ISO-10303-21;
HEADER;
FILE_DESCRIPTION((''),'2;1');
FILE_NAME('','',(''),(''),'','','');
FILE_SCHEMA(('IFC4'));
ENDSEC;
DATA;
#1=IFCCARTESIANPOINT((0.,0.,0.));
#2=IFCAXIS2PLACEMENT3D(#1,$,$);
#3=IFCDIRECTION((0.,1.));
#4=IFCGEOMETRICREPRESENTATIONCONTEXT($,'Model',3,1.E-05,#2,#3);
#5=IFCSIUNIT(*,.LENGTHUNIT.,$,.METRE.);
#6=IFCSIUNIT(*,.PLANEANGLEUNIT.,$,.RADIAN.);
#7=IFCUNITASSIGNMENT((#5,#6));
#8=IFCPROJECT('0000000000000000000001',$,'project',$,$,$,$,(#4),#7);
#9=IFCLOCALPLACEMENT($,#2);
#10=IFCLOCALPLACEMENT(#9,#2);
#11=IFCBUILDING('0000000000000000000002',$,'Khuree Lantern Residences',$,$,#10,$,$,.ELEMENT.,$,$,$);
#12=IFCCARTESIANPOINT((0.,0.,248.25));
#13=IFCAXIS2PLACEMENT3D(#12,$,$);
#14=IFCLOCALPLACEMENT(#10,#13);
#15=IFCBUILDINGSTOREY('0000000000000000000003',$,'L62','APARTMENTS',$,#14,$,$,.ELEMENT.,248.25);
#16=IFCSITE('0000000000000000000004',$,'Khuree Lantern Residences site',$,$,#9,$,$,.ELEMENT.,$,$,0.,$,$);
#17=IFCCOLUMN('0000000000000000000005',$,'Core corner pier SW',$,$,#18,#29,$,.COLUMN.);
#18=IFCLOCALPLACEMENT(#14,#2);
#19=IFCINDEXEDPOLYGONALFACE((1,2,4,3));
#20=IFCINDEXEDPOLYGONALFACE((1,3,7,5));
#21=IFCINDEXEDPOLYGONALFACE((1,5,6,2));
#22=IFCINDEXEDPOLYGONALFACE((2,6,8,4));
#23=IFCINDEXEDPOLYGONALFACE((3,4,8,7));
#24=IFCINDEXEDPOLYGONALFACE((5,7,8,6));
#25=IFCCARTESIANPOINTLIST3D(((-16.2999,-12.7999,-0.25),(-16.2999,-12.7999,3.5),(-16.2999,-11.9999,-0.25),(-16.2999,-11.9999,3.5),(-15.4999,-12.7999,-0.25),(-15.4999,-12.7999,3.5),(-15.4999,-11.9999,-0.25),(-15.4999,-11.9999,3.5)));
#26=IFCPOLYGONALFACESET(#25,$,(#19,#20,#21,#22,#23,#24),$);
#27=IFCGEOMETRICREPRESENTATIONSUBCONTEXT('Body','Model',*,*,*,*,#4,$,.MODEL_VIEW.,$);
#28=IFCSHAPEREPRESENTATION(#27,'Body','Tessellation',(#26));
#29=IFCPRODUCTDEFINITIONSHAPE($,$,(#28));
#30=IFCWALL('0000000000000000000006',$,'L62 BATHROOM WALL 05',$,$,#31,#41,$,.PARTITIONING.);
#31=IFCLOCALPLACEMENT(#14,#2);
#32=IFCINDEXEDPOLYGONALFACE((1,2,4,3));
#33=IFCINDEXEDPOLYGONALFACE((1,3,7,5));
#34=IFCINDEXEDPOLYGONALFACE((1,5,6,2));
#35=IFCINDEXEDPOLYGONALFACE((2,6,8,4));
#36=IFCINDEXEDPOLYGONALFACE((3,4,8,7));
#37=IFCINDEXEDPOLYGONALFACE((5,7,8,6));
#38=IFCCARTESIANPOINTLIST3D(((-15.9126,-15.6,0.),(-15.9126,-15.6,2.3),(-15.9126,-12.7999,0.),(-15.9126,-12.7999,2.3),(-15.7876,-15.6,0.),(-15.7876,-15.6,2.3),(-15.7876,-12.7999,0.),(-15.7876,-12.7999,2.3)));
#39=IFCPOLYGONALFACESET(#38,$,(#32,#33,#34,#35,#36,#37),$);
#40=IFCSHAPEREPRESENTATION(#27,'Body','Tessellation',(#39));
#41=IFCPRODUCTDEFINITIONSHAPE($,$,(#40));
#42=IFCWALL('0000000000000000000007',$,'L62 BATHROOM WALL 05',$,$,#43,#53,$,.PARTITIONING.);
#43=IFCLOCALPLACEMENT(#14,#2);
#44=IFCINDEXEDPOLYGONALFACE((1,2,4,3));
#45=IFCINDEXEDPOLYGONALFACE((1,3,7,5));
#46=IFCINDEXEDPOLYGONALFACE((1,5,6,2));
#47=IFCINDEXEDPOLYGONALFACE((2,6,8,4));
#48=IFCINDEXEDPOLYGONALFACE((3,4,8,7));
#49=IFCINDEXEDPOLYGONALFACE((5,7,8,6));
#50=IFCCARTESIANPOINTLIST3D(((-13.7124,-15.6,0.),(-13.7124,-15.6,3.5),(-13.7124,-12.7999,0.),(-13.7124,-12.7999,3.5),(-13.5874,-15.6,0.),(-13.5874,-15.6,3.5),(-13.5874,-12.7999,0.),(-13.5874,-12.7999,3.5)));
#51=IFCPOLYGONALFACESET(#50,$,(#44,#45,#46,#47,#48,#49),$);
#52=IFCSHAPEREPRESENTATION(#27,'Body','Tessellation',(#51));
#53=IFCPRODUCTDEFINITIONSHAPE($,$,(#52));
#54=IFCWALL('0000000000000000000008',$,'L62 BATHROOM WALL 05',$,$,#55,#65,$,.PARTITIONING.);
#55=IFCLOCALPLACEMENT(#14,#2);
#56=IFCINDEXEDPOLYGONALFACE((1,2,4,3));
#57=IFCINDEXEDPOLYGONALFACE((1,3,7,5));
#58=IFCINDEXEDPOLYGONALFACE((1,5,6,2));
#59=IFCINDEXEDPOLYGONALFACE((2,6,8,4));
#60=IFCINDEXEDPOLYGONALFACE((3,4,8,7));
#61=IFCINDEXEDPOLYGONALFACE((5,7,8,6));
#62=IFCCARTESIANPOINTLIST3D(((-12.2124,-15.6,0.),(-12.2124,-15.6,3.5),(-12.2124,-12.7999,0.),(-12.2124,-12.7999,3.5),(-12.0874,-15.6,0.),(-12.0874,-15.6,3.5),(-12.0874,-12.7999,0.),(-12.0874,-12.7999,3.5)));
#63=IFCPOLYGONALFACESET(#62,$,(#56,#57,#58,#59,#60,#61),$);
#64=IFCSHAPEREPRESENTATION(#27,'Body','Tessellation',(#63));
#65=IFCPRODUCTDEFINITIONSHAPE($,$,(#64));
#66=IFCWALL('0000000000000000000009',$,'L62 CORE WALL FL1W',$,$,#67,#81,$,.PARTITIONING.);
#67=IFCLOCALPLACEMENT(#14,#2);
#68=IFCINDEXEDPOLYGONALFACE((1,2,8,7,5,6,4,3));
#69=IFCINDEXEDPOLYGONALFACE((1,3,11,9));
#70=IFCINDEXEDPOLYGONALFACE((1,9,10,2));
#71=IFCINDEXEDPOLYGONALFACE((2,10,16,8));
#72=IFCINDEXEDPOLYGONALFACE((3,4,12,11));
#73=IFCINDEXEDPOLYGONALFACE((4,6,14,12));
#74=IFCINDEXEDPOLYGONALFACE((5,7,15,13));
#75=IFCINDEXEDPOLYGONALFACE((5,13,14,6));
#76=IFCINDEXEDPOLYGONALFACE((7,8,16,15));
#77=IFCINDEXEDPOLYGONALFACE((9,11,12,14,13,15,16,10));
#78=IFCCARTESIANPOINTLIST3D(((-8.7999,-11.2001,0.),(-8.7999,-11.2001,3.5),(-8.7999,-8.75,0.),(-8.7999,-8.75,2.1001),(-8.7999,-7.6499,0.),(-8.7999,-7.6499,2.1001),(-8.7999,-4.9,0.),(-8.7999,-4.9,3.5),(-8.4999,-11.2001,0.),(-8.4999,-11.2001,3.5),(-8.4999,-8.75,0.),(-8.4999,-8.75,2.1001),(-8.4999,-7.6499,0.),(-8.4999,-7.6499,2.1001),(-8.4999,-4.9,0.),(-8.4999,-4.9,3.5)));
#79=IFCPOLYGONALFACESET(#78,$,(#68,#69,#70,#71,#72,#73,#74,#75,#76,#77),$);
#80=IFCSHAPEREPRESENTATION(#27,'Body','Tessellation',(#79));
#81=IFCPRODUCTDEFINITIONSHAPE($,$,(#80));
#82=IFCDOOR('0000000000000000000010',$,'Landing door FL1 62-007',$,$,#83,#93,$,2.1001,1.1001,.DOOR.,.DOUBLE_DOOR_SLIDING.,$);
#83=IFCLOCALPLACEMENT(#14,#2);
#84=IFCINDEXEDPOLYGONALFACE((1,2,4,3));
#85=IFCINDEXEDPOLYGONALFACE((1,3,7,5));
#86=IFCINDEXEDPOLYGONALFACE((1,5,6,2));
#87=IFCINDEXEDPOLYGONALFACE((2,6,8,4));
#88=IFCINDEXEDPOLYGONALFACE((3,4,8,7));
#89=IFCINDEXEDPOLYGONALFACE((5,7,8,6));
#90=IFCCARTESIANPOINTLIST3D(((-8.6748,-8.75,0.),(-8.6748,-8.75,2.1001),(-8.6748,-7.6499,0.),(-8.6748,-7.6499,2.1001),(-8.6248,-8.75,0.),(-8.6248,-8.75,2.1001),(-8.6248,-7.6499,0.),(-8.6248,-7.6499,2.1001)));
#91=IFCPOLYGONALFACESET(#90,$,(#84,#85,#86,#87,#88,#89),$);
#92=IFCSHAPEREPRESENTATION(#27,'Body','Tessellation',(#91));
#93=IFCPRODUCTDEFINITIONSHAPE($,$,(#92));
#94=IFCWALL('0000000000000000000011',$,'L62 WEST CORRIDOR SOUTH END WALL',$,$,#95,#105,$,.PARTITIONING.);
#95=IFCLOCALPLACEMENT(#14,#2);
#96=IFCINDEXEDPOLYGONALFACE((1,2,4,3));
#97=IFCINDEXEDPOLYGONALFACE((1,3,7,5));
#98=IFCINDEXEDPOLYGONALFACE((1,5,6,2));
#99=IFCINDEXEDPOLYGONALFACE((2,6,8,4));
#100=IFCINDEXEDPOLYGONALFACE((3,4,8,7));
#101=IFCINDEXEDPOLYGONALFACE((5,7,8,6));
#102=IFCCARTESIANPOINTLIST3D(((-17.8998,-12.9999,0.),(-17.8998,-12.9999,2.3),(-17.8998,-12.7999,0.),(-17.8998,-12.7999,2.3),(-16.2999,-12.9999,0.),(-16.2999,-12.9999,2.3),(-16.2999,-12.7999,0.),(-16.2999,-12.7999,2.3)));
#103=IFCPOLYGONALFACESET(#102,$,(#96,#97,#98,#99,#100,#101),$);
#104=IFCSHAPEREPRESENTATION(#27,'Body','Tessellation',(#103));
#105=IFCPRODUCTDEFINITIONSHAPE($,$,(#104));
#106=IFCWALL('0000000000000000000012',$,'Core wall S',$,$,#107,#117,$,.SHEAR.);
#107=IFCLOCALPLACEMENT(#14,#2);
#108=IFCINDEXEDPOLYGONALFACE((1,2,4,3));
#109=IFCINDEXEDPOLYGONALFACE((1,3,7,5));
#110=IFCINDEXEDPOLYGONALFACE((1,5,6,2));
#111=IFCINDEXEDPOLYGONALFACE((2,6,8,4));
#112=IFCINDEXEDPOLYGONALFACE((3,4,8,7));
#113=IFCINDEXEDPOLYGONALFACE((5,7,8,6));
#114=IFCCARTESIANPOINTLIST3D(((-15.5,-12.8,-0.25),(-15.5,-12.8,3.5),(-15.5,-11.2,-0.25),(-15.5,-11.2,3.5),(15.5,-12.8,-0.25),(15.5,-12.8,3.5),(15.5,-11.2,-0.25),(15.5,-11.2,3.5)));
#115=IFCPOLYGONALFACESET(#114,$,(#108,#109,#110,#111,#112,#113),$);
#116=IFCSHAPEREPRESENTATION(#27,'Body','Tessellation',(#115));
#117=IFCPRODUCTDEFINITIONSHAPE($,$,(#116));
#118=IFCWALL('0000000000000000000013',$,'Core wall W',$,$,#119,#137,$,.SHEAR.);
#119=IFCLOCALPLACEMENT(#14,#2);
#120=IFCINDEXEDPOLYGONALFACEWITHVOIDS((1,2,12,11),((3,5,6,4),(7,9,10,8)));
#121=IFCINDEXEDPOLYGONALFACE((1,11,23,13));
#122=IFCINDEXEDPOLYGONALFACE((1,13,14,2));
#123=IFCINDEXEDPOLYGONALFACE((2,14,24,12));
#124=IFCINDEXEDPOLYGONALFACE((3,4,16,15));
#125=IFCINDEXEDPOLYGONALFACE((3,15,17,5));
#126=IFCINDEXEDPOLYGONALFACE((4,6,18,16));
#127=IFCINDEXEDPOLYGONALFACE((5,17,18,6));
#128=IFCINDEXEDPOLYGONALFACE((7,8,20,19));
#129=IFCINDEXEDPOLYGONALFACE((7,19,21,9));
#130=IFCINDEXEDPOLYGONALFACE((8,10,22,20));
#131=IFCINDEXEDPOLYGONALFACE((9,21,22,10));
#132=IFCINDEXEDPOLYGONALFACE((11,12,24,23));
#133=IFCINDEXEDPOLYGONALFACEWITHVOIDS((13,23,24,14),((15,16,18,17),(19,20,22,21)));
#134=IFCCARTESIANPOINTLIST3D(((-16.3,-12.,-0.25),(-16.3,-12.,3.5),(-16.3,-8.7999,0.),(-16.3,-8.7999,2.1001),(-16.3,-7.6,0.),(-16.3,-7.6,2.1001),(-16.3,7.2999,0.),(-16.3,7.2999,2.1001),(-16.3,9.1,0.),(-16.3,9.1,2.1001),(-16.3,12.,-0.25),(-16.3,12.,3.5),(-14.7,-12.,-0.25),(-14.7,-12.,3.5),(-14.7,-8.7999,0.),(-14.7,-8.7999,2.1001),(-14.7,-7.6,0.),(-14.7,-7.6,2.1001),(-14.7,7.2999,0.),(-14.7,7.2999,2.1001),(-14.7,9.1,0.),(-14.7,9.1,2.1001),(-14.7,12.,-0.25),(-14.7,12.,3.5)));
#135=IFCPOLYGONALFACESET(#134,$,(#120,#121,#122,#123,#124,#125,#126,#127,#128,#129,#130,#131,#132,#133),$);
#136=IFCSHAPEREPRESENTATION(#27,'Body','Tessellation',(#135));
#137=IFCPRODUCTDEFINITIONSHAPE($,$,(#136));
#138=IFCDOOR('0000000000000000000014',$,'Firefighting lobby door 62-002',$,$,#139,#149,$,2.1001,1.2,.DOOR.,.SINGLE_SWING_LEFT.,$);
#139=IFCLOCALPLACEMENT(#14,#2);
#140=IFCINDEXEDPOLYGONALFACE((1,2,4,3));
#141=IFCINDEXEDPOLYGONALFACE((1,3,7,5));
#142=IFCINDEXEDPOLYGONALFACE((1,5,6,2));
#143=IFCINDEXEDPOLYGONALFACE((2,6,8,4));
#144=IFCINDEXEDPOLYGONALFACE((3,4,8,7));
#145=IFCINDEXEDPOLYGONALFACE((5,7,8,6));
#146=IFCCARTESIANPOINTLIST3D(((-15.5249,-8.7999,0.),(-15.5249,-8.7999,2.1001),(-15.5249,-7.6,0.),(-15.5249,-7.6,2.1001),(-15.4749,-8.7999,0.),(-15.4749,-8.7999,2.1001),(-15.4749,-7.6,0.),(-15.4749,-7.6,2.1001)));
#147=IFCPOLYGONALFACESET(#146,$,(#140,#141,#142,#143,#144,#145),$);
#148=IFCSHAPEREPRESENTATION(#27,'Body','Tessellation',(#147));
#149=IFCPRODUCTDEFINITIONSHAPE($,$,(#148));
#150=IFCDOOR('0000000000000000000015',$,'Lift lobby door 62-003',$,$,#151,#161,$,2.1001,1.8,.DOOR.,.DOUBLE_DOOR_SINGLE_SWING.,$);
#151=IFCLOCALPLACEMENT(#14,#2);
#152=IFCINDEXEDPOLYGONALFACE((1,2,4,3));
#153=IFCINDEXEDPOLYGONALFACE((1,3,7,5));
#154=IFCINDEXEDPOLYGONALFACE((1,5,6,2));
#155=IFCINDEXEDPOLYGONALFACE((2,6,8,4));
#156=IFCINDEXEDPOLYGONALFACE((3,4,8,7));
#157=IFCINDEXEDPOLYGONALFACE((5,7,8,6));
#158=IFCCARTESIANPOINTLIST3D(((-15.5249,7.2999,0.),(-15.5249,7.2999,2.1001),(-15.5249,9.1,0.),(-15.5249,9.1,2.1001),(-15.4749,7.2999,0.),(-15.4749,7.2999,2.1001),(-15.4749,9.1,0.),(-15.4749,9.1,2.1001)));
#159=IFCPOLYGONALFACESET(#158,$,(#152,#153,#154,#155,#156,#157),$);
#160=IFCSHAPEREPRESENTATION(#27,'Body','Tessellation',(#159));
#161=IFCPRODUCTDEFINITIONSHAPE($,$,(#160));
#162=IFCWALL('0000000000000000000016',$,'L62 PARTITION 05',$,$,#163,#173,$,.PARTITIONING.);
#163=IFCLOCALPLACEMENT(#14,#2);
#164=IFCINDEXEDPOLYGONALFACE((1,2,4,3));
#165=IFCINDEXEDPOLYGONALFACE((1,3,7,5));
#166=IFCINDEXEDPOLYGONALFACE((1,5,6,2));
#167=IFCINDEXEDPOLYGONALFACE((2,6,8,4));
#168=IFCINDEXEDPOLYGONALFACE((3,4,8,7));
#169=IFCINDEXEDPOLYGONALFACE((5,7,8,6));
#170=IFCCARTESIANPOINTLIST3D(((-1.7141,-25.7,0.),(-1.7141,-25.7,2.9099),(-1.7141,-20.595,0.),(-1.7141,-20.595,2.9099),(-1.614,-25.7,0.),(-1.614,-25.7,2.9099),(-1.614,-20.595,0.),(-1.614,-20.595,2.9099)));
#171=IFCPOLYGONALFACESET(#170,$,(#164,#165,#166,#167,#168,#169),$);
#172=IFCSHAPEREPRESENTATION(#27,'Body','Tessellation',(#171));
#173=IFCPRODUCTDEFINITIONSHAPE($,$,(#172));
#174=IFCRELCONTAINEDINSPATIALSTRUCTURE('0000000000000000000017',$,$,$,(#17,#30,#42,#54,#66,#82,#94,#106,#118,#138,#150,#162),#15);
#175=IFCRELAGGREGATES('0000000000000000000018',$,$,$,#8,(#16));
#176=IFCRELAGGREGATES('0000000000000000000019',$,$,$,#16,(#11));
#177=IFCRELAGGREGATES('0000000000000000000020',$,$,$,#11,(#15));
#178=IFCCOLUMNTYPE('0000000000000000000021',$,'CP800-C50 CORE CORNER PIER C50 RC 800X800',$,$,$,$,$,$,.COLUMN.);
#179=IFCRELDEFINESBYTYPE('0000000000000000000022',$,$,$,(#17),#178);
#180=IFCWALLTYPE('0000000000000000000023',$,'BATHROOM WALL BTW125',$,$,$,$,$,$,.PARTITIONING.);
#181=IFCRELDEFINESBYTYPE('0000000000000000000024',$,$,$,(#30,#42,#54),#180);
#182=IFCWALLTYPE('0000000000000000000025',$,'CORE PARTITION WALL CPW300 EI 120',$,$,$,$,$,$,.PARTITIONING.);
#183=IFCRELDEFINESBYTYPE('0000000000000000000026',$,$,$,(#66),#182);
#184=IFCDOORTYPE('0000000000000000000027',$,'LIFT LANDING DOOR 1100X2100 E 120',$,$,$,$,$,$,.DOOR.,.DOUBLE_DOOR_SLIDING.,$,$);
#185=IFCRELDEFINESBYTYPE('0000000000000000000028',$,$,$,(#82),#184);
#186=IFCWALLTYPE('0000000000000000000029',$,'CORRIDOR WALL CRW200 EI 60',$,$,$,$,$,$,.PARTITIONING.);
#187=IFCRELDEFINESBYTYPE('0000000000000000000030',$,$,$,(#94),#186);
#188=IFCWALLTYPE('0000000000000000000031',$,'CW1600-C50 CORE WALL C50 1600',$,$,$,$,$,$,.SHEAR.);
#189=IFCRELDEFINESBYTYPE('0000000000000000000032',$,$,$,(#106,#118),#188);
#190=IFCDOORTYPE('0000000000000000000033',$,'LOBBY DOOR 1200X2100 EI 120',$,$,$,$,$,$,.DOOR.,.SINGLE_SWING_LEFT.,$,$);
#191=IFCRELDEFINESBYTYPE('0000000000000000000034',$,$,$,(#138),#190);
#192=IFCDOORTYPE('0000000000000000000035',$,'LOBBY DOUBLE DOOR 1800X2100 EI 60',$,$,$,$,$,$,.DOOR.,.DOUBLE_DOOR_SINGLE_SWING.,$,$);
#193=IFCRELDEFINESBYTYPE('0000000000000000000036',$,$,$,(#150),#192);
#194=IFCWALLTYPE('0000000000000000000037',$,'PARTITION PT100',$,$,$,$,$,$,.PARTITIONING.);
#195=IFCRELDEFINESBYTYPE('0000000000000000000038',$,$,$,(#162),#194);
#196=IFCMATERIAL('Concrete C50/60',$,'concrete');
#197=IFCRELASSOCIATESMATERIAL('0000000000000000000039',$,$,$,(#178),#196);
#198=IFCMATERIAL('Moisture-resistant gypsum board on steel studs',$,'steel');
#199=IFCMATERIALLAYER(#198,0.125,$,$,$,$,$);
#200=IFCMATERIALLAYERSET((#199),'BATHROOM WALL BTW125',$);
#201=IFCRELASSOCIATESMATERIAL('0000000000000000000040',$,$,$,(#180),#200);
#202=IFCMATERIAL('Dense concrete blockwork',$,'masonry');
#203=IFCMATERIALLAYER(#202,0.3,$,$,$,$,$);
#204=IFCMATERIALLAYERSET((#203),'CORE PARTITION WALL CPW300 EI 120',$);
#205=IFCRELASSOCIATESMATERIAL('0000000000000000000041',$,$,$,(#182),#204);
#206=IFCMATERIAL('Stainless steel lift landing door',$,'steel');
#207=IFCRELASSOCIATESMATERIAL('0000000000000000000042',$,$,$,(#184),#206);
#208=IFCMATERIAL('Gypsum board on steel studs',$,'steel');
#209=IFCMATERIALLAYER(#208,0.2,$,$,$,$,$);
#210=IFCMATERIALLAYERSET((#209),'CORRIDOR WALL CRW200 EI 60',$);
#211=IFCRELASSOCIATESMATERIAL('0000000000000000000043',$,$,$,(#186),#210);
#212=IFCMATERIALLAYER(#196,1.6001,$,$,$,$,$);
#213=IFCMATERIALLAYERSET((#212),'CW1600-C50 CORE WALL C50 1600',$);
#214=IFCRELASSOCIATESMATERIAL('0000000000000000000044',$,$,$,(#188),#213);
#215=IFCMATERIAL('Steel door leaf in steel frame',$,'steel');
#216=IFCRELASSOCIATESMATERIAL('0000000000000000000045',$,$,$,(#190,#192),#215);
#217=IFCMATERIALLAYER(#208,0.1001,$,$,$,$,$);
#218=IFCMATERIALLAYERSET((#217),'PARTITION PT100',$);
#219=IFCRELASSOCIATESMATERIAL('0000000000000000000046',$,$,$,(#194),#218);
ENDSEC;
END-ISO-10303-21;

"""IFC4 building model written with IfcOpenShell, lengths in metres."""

from ifc_helpers import new_model, si_unit, direction, frame, frame_2d, origin, origin_2d, place, context, subcontext, project, spatial, rectangle, extrude, material, layer, layer_set, material_profile, profile_set, type_object, element, fill, save


model = new_model("IFC4")

# Units and contexts
model_context = context("Model", 3, precision=1e-05, world=origin(), true_north=direction((0.0, 1.0)))
body_context = subcontext(model_context, "Body", "Model", "MODEL_VIEW")
ifc_project = project(units=[si_unit("LENGTHUNIT", "METRE"), si_unit("PLANEANGLEUNIT", "RADIAN")], contexts=[model_context])

# Site, building, storey
site_placement = place(None, origin())
site = spatial("IfcSite", under=ifc_project, at=site_placement, Name="Khuree Lantern Residences site", CompositionType="ELEMENT", RefElevation=0.0)
building_placement = place(site_placement, origin())
building = spatial("IfcBuilding", under=site, at=building_placement, Name="Khuree Lantern Residences", CompositionType="ELEMENT")
storey_placement = place(building_placement, frame((0.0, 0.0, 248.25)))
storey = spatial("IfcBuildingStorey", under=building, at=storey_placement, Name="L62", Description="APARTMENTS", CompositionType="ELEMENT", Elevation=248.25)

# Column
ifc_material_1 = material(Name="Concrete C50/60", Category="concrete")
ifc_material_profile = material_profile(ifc_material_1, rectangle(XDim=0.8, YDim=0.8, at=origin_2d()), Name="RC 800X800")
ifc_profile_set = profile_set([ifc_material_profile], Name="Concrete C50/60")
column_type = type_object("IfcColumnType", Name="CP800-C50 CORE CORNER PIER C50 RC 800X800", PredefinedType="COLUMN", material=ifc_profile_set)
column_placement = place(storey_placement, frame((-15.8999, -12.3999, -0.25), z_axis=(0.0, 0.0, 1.0), x_axis=(1.0, 0.0, 0.0)))
element("IfcColumn", 1, at=column_placement, inside=storey, type_object=column_type, Name="Core corner pier SW", PredefinedType="COLUMN", context=body_context, shape_type="SweptSolid", body=[
    extrude(rectangle(XDim=0.8, YDim=0.8, at=origin_2d()), origin(), (0.0, 0.0, 1.0), 3.75),
])

# Walls
ifc_material_2 = material(Name="Moisture-resistant gypsum board on steel studs", Category="steel")
ifc_layer_1 = layer(ifc_material_2, 0.125)
ifc_layer_set_1 = layer_set([ifc_layer_1], Name="BATHROOM WALL BTW125")
wall_type_1 = type_object("IfcWallType", Name="BATHROOM WALL BTW125", PredefinedType="PARTITIONING", material=ifc_layer_set_1)
wall_1_placement = place(storey_placement, frame((-15.8501, -12.8, 0.0), z_axis=(0.0, 0.0, 1.0), x_axis=(0.0, -1.0, 0.0)))
element("IfcWall", 2, at=wall_1_placement, inside=storey, type_object=wall_type_1, Name="L62 BATHROOM WALL 05", PredefinedType="PARTITIONING", context=body_context, shape_type="SweptSolid", body=[
    extrude(rectangle(XDim=2.8, YDim=0.125, at=frame_2d((1.3999, 0.0))), origin(), (0.0, 0.0, 1.0), 2.3),
])
for number, where, z_axis, x_axis, name in (
    (3, (-13.6499, -12.8, 0.0), (0.0, 0.0, 1.0), (0.0, -1.0, 0.0), "L62 BATHROOM WALL 05"),
    (4, (-12.1499, -12.8, 0.0), (0.0, 0.0, 1.0), (0.0, -1.0, 0.0), "L62 BATHROOM WALL 05"),
):
    element("IfcWall", number, at=place(storey_placement, frame(where, z_axis=z_axis, x_axis=x_axis)), inside=storey, type_object=wall_type_1, Name=name, PredefinedType="PARTITIONING", context=body_context, shape_type="SweptSolid", body=[
        extrude(rectangle(XDim=2.8, YDim=0.125, at=frame_2d((1.3999, 0.0))), origin(), (0.0, 0.0, 1.0), 3.5),
    ])

# Wall, opening, door
ifc_material_3 = material(Name="Dense concrete blockwork", Category="masonry")
ifc_layer_2 = layer(ifc_material_3, 0.3)
ifc_layer_set_2 = layer_set([ifc_layer_2], Name="CORE PARTITION WALL CPW300 EI 120")
wall_type_2 = type_object("IfcWallType", Name="CORE PARTITION WALL CPW300 EI 120", PredefinedType="PARTITIONING", material=ifc_layer_set_2)
wall_2_placement = place(storey_placement, frame((-8.6499, -11.2, 0.0), z_axis=(0.0, 0.0, 1.0), x_axis=(0.0, 1.0, 0.0)))
wall_2 = element("IfcWall", 5, at=wall_2_placement, inside=storey, type_object=wall_type_2, Name="L62 CORE WALL FL1W", PredefinedType="PARTITIONING", context=body_context, shape_type="SweptSolid", body=[
    extrude(rectangle(XDim=6.3, YDim=0.3, at=frame_2d((3.1499, 0.0))), origin(), (0.0, 0.0, 1.0), 3.5),
])
opening_1_placement = place(wall_2_placement, frame((2.45, 0.0, 0.0)))
opening_1 = element("IfcOpeningElement", 6, at=opening_1_placement, cuts=wall_2, PredefinedType="OPENING", context=body_context, shape_type="SweptSolid", body=[
    extrude(rectangle(XDim=1.1001, YDim=2.1001, at=frame_2d((0.55, 1.05))), frame((0.0, 0.1602, 0.0), z_axis=(0.0, -1.0, 0.0), x_axis=(1.0, 0.0, 0.0)), (0.0, 0.0, 1.0), 0.3201),
])
ifc_material_4 = material(Name="Stainless steel lift landing door", Category="steel")
door_type_1 = type_object("IfcDoorType", Name="LIFT LANDING DOOR 1100X2100 E 120", OperationType="DOUBLE_DOOR_SLIDING", PredefinedType="DOOR", material=ifc_material_4)
door_1_placement = place(opening_1_placement, origin())
door_1 = element("IfcDoor", 7, at=door_1_placement, inside=storey, type_object=door_type_1, Name="Landing door FL1 62-007", OperationType="DOUBLE_DOOR_SLIDING", OverallHeight=2.1001, OverallWidth=1.1001, PredefinedType="DOOR", context=body_context, shape_type="SweptSolid", body=[
    extrude(rectangle(XDim=1.1001, YDim=2.1001, at=frame_2d((0.55, 1.05))), frame((0.0, 0.0249, 0.0), z_axis=(0.0, -1.0, 0.0), x_axis=(1.0, 0.0, 0.0)), (0.0, 0.0, 1.0), 0.05),
])
fill(opening_1, door_1)

# Walls
ifc_material_5 = material(Name="Gypsum board on steel studs", Category="steel")
ifc_layer_3 = layer(ifc_material_5, 0.2)
ifc_layer_set_3 = layer_set([ifc_layer_3], Name="CORRIDOR WALL CRW200 EI 60")
wall_type_3 = type_object("IfcWallType", Name="CORRIDOR WALL CRW200 EI 60", PredefinedType="PARTITIONING", material=ifc_layer_set_3)
wall_3_placement = place(storey_placement, frame((-16.3, -12.8999, 0.0), z_axis=(0.0, 0.0, 1.0), x_axis=(-1.0, 0.0, 0.0)))
element("IfcWall", 8, at=wall_3_placement, inside=storey, type_object=wall_type_3, Name="L62 WEST CORRIDOR SOUTH END WALL", PredefinedType="PARTITIONING", context=body_context, shape_type="SweptSolid", body=[
    extrude(rectangle(XDim=1.5999, YDim=0.2, at=frame_2d((0.7998, 0.0))), origin(), (0.0, 0.0, 1.0), 2.3),
])
ifc_layer_4 = layer(ifc_material_1, 1.6001)
ifc_layer_set_4 = layer_set([ifc_layer_4], Name="CW1600-C50 CORE WALL C50 1600")
wall_type_4 = type_object("IfcWallType", Name="CW1600-C50 CORE WALL C50 1600", PredefinedType="SHEAR", material=ifc_layer_set_4)
wall_4_placement = place(storey_placement, frame((-15.5, -12.0, -0.25), z_axis=(0.0, 0.0, 1.0), x_axis=(1.0, 0.0, 0.0)))
element("IfcWall", 9, at=wall_4_placement, inside=storey, type_object=wall_type_4, Name="Core wall S", PredefinedType="SHEAR", context=body_context, shape_type="SweptSolid", body=[
    extrude(rectangle(XDim=31.0, YDim=1.6001, at=frame_2d((15.5, 0.0))), origin(), (0.0, 0.0, 1.0), 3.75),
])

# Wall, openings, doors
wall_5_placement = place(storey_placement, frame((-15.5, -12.0, -0.25), z_axis=(0.0, 0.0, 1.0), x_axis=(0.0, 1.0, 0.0)))
wall_5 = element("IfcWall", 10, at=wall_5_placement, inside=storey, type_object=wall_type_4, Name="Core wall W", PredefinedType="SHEAR", context=body_context, shape_type="SweptSolid", body=[
    extrude(rectangle(XDim=24.0, YDim=1.6001, at=frame_2d((12.0, 0.0))), origin(), (0.0, 0.0, 1.0), 3.75),
])
opening_2_placement = place(wall_5_placement, frame((3.2, 0.0, 0.25)))
opening_2 = element("IfcOpeningElement", 11, at=opening_2_placement, cuts=wall_5, PredefinedType="OPENING", context=body_context, shape_type="SweptSolid", body=[
    extrude(rectangle(XDim=1.2, YDim=2.1001, at=frame_2d((0.6001, 1.05))), frame((0.0, 0.8101, 0.0), z_axis=(0.0, -1.0, 0.0), x_axis=(1.0, 0.0, 0.0)), (0.0, 0.0, 1.0), 1.6201),
])
opening_3_placement = place(wall_5_placement, frame((19.3, 0.0, 0.25)))
opening_3 = element("IfcOpeningElement", 12, at=opening_3_placement, cuts=wall_5, PredefinedType="OPENING", context=body_context, shape_type="SweptSolid", body=[
    extrude(rectangle(XDim=1.8, YDim=2.1001, at=frame_2d((0.8999, 1.05))), frame((0.0, 0.8101, 0.0), z_axis=(0.0, -1.0, 0.0), x_axis=(1.0, 0.0, 0.0)), (0.0, 0.0, 1.0), 1.6201),
])
ifc_material_6 = material(Name="Steel door leaf in steel frame", Category="steel")
door_type_2 = type_object("IfcDoorType", Name="LOBBY DOOR 1200X2100 EI 120", OperationType="SINGLE_SWING_LEFT", PredefinedType="DOOR", material=ifc_material_6)
door_2_placement = place(opening_2_placement, origin())
door_2 = element("IfcDoor", 13, at=door_2_placement, inside=storey, type_object=door_type_2, Name="Firefighting lobby door 62-002", OperationType="SINGLE_SWING_LEFT", OverallHeight=2.1001, OverallWidth=1.2, PredefinedType="DOOR", context=body_context, shape_type="SweptSolid", body=[
    extrude(rectangle(XDim=1.2, YDim=2.1001, at=frame_2d((0.6001, 1.05))), frame((0.0, 0.0249, 0.0), z_axis=(0.0, -1.0, 0.0), x_axis=(1.0, 0.0, 0.0)), (0.0, 0.0, 1.0), 0.05),
])
fill(opening_2, door_2)
door_type_3 = type_object("IfcDoorType", Name="LOBBY DOUBLE DOOR 1800X2100 EI 60", OperationType="DOUBLE_DOOR_SINGLE_SWING", PredefinedType="DOOR", material=ifc_material_6)
door_3_placement = place(opening_3_placement, origin())
door_3 = element("IfcDoor", 14, at=door_3_placement, inside=storey, type_object=door_type_3, Name="Lift lobby door 62-003", OperationType="DOUBLE_DOOR_SINGLE_SWING", OverallHeight=2.1001, OverallWidth=1.8, PredefinedType="DOOR", context=body_context, shape_type="SweptSolid", body=[
    extrude(rectangle(XDim=1.8, YDim=2.1001, at=frame_2d((0.8999, 1.05))), frame((0.0, 0.0249, 0.0), z_axis=(0.0, -1.0, 0.0), x_axis=(1.0, 0.0, 0.0)), (0.0, 0.0, 1.0), 0.05),
])
fill(opening_3, door_3)

# Wall
ifc_layer_5 = layer(ifc_material_5, 0.1001)
ifc_layer_set_5 = layer_set([ifc_layer_5], Name="PARTITION PT100")
wall_type_5 = type_object("IfcWallType", Name="PARTITION PT100", PredefinedType="PARTITIONING", material=ifc_layer_set_5)
wall_6_placement = place(storey_placement, frame((-1.6641, -20.595, 0.0), z_axis=(0.0, 0.0, 1.0), x_axis=(0.0, -1.0, 0.0)))
element("IfcWall", 15, at=wall_6_placement, inside=storey, type_object=wall_type_5, Name="L62 PARTITION 05", PredefinedType="PARTITIONING", context=body_context, shape_type="SweptSolid", body=[
    extrude(rectangle(XDim=5.105, YDim=0.1001, at=frame_2d((2.5525, 0.0))), origin(), (0.0, 0.0, 1.0), 2.9099),
])

save(model, "model.ifc")
